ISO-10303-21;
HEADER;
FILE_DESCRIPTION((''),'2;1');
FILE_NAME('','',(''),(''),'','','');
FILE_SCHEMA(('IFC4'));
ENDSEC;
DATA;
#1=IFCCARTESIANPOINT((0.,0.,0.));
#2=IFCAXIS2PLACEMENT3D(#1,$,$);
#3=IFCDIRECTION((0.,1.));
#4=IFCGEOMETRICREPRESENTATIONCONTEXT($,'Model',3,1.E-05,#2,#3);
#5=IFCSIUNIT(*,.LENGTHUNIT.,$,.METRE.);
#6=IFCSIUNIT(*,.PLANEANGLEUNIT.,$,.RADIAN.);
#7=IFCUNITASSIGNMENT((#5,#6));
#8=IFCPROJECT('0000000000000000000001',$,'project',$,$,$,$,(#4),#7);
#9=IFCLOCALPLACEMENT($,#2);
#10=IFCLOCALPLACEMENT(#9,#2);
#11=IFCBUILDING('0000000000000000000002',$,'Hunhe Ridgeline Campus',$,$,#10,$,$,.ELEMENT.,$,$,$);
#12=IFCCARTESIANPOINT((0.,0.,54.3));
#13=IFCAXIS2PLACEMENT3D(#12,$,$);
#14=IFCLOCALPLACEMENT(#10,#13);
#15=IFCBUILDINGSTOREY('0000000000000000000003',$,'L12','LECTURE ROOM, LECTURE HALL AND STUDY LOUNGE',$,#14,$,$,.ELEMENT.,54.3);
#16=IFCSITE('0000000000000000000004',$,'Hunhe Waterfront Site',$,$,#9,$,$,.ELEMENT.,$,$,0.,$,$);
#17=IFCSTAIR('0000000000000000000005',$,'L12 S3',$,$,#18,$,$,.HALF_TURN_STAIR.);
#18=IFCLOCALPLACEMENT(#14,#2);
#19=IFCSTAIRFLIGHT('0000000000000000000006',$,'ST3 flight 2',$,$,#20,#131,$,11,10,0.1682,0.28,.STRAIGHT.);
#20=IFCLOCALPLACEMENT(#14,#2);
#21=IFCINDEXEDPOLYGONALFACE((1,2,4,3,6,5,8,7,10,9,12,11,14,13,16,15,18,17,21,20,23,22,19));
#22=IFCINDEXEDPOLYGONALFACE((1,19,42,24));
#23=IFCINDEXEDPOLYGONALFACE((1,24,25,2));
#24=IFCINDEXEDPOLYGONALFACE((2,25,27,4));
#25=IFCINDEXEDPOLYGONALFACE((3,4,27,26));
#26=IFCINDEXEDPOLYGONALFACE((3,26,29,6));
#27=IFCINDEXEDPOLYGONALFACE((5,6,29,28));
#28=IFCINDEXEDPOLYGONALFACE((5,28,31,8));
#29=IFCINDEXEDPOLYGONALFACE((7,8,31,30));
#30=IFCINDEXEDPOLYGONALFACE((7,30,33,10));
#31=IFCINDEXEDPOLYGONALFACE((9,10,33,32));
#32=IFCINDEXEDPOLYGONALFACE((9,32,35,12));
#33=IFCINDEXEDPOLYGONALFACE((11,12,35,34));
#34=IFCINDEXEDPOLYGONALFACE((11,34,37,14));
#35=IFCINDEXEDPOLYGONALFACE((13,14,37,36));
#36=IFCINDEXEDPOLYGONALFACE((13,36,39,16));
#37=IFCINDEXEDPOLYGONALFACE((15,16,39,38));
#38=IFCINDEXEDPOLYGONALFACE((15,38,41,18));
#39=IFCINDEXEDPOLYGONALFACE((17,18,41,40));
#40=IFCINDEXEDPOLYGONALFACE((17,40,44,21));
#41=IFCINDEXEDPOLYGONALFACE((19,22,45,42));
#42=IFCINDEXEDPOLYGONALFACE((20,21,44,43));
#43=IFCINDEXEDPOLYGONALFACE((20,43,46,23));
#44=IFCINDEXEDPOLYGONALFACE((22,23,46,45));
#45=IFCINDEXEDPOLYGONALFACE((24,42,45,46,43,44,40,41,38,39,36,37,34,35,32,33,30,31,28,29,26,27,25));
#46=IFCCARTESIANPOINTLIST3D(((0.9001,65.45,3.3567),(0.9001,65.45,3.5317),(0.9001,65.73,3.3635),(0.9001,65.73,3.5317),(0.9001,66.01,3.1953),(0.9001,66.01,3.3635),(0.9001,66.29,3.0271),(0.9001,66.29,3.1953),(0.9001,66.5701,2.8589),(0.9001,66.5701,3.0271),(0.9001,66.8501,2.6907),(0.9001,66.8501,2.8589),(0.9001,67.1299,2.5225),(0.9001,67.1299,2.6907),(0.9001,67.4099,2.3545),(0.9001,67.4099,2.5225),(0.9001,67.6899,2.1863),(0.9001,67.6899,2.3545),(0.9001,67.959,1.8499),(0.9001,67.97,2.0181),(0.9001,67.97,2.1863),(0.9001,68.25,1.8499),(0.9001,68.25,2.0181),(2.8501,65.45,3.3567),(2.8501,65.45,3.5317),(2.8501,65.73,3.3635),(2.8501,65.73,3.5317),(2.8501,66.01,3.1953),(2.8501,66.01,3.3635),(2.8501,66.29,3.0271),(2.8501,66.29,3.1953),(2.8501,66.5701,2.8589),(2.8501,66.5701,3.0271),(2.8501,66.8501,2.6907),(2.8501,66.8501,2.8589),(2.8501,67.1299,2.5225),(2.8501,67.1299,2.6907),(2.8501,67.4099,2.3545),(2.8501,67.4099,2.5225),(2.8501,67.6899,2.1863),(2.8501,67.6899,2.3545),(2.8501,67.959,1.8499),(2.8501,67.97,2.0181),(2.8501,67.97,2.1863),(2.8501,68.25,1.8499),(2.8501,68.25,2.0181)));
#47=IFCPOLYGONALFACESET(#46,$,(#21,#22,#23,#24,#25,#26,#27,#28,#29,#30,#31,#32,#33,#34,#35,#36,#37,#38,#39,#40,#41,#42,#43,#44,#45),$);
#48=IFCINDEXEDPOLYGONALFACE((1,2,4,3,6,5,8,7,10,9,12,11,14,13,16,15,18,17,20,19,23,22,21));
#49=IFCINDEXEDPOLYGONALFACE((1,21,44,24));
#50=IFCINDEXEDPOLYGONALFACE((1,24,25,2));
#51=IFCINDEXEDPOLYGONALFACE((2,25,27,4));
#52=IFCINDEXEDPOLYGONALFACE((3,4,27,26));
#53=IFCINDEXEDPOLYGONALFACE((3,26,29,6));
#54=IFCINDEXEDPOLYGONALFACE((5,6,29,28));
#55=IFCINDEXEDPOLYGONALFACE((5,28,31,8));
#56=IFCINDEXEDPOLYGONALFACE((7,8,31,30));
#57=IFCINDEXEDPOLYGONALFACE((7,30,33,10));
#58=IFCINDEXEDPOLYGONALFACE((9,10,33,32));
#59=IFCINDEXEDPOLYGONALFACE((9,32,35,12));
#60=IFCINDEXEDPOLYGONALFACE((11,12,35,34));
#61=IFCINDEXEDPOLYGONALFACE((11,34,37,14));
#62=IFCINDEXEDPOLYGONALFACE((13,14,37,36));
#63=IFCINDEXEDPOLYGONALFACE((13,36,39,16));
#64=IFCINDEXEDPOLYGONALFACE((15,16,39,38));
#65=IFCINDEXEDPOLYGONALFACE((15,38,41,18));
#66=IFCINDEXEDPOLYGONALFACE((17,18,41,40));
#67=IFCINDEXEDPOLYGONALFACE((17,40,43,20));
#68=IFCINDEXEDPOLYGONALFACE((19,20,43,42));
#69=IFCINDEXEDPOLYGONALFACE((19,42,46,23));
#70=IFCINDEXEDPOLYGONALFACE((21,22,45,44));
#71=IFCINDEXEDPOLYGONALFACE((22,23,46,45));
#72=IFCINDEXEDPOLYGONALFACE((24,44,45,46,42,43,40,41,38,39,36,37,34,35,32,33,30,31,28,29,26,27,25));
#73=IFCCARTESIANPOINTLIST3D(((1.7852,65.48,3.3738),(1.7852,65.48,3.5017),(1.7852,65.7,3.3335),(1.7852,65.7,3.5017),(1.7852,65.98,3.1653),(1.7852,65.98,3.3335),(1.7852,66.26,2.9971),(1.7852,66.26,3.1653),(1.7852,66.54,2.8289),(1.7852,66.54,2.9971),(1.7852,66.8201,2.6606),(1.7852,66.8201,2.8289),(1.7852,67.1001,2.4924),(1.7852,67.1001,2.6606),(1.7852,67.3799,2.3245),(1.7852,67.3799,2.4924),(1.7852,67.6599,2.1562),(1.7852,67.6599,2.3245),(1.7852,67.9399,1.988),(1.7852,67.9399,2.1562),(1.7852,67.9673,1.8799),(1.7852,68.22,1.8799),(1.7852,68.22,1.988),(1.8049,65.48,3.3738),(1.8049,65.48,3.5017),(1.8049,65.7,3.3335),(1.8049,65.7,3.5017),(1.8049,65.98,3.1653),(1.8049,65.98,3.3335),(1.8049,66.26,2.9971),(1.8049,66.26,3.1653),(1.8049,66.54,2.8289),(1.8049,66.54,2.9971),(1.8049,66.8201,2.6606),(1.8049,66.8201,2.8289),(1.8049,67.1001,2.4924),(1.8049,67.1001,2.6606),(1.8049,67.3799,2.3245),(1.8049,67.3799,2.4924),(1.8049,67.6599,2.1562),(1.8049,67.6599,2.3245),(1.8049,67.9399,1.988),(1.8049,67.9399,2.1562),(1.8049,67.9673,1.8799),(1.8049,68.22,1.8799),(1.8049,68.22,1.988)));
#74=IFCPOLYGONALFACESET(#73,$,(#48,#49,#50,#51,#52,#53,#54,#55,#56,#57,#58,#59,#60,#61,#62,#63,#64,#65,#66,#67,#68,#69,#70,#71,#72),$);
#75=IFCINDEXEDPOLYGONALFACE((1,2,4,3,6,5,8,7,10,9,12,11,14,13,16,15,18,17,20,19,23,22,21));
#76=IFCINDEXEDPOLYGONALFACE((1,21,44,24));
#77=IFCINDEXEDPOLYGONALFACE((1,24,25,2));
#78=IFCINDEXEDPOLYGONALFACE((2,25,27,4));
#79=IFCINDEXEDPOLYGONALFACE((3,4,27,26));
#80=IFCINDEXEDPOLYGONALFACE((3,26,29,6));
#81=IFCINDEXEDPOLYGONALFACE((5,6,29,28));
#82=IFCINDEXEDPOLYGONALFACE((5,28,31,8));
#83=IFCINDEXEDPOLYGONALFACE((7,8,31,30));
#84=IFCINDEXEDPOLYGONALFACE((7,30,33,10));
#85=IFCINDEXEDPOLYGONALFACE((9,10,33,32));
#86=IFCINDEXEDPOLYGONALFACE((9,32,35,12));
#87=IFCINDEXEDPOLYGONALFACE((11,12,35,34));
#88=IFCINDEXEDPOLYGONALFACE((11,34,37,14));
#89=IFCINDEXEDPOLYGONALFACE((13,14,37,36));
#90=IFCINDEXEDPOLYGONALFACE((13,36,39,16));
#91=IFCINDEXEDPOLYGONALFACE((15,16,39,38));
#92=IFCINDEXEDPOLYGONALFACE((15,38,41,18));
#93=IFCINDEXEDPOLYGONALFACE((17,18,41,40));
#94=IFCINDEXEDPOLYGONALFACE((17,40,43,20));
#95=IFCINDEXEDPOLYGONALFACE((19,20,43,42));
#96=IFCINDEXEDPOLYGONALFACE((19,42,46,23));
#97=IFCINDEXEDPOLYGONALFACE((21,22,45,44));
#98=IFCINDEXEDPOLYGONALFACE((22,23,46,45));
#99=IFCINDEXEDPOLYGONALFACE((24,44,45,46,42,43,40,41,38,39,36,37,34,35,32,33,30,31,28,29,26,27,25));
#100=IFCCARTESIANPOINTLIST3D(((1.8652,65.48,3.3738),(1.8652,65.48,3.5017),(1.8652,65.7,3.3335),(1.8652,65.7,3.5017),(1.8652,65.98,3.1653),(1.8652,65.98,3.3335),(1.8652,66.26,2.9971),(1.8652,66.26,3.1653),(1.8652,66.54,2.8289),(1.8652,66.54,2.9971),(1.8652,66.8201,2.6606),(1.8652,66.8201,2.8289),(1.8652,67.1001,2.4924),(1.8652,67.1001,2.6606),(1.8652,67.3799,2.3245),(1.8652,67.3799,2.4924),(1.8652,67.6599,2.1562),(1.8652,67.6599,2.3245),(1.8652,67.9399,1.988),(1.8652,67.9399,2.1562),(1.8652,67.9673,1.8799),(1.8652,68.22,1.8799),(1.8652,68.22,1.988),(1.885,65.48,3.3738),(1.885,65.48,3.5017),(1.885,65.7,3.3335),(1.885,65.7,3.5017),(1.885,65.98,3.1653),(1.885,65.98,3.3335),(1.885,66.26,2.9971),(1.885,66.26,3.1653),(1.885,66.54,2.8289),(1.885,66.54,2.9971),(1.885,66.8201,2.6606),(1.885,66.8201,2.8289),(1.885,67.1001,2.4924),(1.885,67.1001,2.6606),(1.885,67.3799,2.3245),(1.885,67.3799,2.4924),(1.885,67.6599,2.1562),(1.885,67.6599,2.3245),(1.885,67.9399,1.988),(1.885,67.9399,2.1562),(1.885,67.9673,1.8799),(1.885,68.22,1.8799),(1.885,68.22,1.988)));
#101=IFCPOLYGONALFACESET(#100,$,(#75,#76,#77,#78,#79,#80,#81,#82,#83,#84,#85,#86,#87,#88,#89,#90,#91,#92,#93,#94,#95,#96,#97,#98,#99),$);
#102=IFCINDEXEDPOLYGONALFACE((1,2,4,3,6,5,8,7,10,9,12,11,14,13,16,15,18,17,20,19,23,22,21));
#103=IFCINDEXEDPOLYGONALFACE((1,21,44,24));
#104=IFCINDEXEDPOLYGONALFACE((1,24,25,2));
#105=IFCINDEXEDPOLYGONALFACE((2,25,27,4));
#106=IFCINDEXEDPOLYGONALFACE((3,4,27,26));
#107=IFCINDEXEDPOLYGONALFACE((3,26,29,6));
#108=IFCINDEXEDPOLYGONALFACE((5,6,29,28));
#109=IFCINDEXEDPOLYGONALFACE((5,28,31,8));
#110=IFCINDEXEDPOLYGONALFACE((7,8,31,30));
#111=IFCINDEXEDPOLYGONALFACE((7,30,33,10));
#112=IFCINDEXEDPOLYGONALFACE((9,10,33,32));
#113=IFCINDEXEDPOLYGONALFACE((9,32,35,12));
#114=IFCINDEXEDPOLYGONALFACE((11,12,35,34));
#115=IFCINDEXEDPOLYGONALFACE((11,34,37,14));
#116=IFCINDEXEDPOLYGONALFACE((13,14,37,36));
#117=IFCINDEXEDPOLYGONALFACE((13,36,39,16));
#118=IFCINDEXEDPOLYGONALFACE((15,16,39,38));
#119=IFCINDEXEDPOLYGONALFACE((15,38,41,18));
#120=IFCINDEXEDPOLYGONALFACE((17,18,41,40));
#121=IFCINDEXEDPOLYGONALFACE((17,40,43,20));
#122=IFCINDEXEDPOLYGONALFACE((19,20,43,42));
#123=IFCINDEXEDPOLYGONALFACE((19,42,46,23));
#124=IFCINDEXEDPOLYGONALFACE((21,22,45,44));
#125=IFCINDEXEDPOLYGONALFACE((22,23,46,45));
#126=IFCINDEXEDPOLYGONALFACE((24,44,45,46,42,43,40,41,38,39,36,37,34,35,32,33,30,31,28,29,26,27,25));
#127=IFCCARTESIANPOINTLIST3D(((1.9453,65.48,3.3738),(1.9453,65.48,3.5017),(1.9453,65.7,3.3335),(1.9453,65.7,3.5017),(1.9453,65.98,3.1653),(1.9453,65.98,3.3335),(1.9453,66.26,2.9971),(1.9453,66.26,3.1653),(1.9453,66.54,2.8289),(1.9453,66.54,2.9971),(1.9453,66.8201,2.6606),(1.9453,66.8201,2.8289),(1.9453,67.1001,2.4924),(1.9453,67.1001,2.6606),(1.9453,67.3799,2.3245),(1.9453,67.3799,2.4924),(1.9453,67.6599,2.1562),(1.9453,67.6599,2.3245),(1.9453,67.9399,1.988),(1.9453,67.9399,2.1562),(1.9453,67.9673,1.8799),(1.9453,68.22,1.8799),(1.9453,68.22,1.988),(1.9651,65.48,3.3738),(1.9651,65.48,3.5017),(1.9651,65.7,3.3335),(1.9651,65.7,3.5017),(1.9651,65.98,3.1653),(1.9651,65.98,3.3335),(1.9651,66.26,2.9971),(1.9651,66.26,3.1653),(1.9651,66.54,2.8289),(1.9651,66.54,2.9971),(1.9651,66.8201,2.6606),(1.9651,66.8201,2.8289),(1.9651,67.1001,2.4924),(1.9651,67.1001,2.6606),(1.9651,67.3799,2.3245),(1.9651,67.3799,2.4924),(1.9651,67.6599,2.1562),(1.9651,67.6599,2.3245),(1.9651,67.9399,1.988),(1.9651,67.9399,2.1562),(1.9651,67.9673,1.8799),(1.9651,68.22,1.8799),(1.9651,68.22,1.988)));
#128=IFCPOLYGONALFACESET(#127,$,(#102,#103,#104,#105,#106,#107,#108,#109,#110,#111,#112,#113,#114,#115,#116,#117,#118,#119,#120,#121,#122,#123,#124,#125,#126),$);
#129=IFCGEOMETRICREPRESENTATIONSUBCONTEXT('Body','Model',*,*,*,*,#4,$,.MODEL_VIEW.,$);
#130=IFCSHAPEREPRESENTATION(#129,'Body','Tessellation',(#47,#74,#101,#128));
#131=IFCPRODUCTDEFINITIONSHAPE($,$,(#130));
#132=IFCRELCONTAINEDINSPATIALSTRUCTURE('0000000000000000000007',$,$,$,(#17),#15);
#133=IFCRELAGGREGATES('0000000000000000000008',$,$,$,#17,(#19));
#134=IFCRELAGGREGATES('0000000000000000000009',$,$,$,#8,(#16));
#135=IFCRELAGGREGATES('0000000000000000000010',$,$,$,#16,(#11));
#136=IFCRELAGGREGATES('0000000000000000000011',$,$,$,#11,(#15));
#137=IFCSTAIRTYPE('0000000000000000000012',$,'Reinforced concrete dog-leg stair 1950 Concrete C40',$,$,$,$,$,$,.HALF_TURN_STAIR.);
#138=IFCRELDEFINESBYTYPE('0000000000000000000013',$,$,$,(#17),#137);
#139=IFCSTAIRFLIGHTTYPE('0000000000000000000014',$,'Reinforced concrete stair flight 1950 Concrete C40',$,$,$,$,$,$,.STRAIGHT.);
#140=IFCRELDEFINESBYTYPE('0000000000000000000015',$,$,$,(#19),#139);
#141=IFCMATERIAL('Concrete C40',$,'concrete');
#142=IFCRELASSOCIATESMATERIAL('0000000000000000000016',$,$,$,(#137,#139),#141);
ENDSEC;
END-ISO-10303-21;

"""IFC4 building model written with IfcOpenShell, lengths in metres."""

from ifc_helpers import new_model, si_unit, direction, frame, origin, place, context, subcontext, project, spatial, polyline, outline, extrude, material, type_object, element, aggregate, save


model = new_model("IFC4")

# Units and contexts
model_context = context("Model", 3, precision=1e-05, world=origin(), true_north=direction((0.0, 1.0)))
body_context = subcontext(model_context, "Body", "Model", "MODEL_VIEW")
ifc_project = project(units=[si_unit("LENGTHUNIT", "METRE"), si_unit("PLANEANGLEUNIT", "RADIAN")], contexts=[model_context])

# Site, building, storey
site_placement = place(None, origin())
site = spatial("IfcSite", under=ifc_project, at=site_placement, Name="Hunhe Waterfront Site", CompositionType="ELEMENT", RefElevation=0.0)
building_placement = place(site_placement, origin())
building = spatial("IfcBuilding", under=site, at=building_placement, Name="Hunhe Ridgeline Campus", CompositionType="ELEMENT")
storey_placement = place(building_placement, frame((0.0, 0.0, 54.3)))
storey = spatial("IfcBuildingStorey", under=building, at=storey_placement, Name="L12", Description="LECTURE ROOM, LECTURE HALL AND STUDY LOUNGE", CompositionType="ELEMENT", Elevation=54.3)

# Stair, stair flight
ifc_material_1 = material(Name="Concrete C40", Category="concrete")
stair_type = type_object("IfcStairType", Name="Reinforced concrete dog-leg stair 1950 Concrete C40", PredefinedType="HALF_TURN_STAIR", material=ifc_material_1)
stair_1_placement = place(storey_placement, origin())
stair_1 = element("IfcStair", 1, at=stair_1_placement, inside=storey, type_object=stair_type, Name="L12 S3", PredefinedType="HALF_TURN_STAIR")
stair_flight_type = type_object("IfcStairFlightType", Name="Reinforced concrete stair flight 1950 Concrete C40", PredefinedType="STRAIGHT", material=ifc_material_1)
stair_flight_1_placement = place(storey_placement, frame((1.875, 68.25, 1.8499), z_axis=(0.0, 0.0, 1.0), x_axis=(0.0, -1.0, 0.0)))
stair_flight_1 = element("IfcStairFlight", 2, at=stair_flight_1_placement, type_object=stair_flight_type, Name="ST3 flight 2", NumberOfRisers=11, NumberOfTreads=10, PredefinedType="STRAIGHT", RiserHeight=0.1682, TreadLength=0.28, context=body_context, shape_type="SweptSolid", body=[
    extrude(outline(polyline([(0.0, 0.0), (0.0, 0.1682), (0.28, 0.1682), (0.28, 0.3364), (0.5601, 0.3364), (0.5601, 0.5046), (0.8401, 0.5046), (0.8401, 0.6726), (1.1201, 0.6726), (1.1201, 0.8408), (1.3999, 0.8408), (1.3999, 1.009), (1.6799, 1.009), (1.6799, 1.1772), (1.96, 1.1772), (1.96, 1.3455), (2.24, 1.3455), (2.24, 1.5137), (2.52, 1.5137), (2.52, 1.6819), (2.8, 1.6819), (2.8, 1.8501), (2.8, 1.5068), (0.291, 0.0), (0.0, 0.0)])), frame((0.0, 0.9751, 0.0), z_axis=(0.0, -1.0, 0.0), x_axis=(1.0, 0.0, 0.0)), (0.0, 0.0, 1.0), 1.95),
    extrude(outline(polyline([(0.03, 0.03), (0.03, 0.1382), (0.3101, 0.1382), (0.3101, 0.3064), (0.5901, 0.3064), (0.5901, 0.4746), (0.8701, 0.4746), (0.8701, 0.6426), (1.1499, 0.6426), (1.1499, 0.8108), (1.4299, 0.8108), (1.4299, 0.979), (1.71, 0.979), (1.71, 1.1472), (1.99, 1.1472), (1.99, 1.3154), (2.27, 1.3154), (2.27, 1.4836), (2.55, 1.4836), (2.55, 1.6519), (2.77, 1.6519), (2.77, 1.5239), (0.2827, 0.03), (0.03, 0.03)])), frame((0.0, -0.0701, 0.0), z_axis=(0.0, -1.0, 0.0), x_axis=(1.0, 0.0, 0.0)), (0.0, 0.0, 1.0), 0.0198),
    extrude(outline(polyline([(0.03, 0.03), (0.03, 0.1382), (0.3101, 0.1382), (0.3101, 0.3064), (0.5901, 0.3064), (0.5901, 0.4746), (0.8701, 0.4746), (0.8701, 0.6426), (1.1499, 0.6426), (1.1499, 0.8108), (1.4299, 0.8108), (1.4299, 0.979), (1.71, 0.979), (1.71, 1.1472), (1.99, 1.1472), (1.99, 1.3154), (2.27, 1.3154), (2.27, 1.4836), (2.55, 1.4836), (2.55, 1.6519), (2.77, 1.6519), (2.77, 1.5239), (0.2827, 0.03), (0.03, 0.03)])), frame((0.0, 0.01, 0.0), z_axis=(0.0, -1.0, 0.0), x_axis=(1.0, 0.0, 0.0)), (0.0, 0.0, 1.0), 0.0198),
    extrude(outline(polyline([(0.03, 0.03), (0.03, 0.1382), (0.3101, 0.1382), (0.3101, 0.3064), (0.5901, 0.3064), (0.5901, 0.4746), (0.8701, 0.4746), (0.8701, 0.6426), (1.1499, 0.6426), (1.1499, 0.8108), (1.4299, 0.8108), (1.4299, 0.979), (1.71, 0.979), (1.71, 1.1472), (1.99, 1.1472), (1.99, 1.3154), (2.27, 1.3154), (2.27, 1.4836), (2.55, 1.4836), (2.55, 1.6519), (2.77, 1.6519), (2.77, 1.5239), (0.2827, 0.03), (0.03, 0.03)])), frame((0.0, 0.0901, 0.0), z_axis=(0.0, -1.0, 0.0), x_axis=(1.0, 0.0, 0.0)), (0.0, 0.0, 1.0), 0.0198),
])
aggregate(stair_1, [stair_flight_1])

save(model, "model.ifc")
